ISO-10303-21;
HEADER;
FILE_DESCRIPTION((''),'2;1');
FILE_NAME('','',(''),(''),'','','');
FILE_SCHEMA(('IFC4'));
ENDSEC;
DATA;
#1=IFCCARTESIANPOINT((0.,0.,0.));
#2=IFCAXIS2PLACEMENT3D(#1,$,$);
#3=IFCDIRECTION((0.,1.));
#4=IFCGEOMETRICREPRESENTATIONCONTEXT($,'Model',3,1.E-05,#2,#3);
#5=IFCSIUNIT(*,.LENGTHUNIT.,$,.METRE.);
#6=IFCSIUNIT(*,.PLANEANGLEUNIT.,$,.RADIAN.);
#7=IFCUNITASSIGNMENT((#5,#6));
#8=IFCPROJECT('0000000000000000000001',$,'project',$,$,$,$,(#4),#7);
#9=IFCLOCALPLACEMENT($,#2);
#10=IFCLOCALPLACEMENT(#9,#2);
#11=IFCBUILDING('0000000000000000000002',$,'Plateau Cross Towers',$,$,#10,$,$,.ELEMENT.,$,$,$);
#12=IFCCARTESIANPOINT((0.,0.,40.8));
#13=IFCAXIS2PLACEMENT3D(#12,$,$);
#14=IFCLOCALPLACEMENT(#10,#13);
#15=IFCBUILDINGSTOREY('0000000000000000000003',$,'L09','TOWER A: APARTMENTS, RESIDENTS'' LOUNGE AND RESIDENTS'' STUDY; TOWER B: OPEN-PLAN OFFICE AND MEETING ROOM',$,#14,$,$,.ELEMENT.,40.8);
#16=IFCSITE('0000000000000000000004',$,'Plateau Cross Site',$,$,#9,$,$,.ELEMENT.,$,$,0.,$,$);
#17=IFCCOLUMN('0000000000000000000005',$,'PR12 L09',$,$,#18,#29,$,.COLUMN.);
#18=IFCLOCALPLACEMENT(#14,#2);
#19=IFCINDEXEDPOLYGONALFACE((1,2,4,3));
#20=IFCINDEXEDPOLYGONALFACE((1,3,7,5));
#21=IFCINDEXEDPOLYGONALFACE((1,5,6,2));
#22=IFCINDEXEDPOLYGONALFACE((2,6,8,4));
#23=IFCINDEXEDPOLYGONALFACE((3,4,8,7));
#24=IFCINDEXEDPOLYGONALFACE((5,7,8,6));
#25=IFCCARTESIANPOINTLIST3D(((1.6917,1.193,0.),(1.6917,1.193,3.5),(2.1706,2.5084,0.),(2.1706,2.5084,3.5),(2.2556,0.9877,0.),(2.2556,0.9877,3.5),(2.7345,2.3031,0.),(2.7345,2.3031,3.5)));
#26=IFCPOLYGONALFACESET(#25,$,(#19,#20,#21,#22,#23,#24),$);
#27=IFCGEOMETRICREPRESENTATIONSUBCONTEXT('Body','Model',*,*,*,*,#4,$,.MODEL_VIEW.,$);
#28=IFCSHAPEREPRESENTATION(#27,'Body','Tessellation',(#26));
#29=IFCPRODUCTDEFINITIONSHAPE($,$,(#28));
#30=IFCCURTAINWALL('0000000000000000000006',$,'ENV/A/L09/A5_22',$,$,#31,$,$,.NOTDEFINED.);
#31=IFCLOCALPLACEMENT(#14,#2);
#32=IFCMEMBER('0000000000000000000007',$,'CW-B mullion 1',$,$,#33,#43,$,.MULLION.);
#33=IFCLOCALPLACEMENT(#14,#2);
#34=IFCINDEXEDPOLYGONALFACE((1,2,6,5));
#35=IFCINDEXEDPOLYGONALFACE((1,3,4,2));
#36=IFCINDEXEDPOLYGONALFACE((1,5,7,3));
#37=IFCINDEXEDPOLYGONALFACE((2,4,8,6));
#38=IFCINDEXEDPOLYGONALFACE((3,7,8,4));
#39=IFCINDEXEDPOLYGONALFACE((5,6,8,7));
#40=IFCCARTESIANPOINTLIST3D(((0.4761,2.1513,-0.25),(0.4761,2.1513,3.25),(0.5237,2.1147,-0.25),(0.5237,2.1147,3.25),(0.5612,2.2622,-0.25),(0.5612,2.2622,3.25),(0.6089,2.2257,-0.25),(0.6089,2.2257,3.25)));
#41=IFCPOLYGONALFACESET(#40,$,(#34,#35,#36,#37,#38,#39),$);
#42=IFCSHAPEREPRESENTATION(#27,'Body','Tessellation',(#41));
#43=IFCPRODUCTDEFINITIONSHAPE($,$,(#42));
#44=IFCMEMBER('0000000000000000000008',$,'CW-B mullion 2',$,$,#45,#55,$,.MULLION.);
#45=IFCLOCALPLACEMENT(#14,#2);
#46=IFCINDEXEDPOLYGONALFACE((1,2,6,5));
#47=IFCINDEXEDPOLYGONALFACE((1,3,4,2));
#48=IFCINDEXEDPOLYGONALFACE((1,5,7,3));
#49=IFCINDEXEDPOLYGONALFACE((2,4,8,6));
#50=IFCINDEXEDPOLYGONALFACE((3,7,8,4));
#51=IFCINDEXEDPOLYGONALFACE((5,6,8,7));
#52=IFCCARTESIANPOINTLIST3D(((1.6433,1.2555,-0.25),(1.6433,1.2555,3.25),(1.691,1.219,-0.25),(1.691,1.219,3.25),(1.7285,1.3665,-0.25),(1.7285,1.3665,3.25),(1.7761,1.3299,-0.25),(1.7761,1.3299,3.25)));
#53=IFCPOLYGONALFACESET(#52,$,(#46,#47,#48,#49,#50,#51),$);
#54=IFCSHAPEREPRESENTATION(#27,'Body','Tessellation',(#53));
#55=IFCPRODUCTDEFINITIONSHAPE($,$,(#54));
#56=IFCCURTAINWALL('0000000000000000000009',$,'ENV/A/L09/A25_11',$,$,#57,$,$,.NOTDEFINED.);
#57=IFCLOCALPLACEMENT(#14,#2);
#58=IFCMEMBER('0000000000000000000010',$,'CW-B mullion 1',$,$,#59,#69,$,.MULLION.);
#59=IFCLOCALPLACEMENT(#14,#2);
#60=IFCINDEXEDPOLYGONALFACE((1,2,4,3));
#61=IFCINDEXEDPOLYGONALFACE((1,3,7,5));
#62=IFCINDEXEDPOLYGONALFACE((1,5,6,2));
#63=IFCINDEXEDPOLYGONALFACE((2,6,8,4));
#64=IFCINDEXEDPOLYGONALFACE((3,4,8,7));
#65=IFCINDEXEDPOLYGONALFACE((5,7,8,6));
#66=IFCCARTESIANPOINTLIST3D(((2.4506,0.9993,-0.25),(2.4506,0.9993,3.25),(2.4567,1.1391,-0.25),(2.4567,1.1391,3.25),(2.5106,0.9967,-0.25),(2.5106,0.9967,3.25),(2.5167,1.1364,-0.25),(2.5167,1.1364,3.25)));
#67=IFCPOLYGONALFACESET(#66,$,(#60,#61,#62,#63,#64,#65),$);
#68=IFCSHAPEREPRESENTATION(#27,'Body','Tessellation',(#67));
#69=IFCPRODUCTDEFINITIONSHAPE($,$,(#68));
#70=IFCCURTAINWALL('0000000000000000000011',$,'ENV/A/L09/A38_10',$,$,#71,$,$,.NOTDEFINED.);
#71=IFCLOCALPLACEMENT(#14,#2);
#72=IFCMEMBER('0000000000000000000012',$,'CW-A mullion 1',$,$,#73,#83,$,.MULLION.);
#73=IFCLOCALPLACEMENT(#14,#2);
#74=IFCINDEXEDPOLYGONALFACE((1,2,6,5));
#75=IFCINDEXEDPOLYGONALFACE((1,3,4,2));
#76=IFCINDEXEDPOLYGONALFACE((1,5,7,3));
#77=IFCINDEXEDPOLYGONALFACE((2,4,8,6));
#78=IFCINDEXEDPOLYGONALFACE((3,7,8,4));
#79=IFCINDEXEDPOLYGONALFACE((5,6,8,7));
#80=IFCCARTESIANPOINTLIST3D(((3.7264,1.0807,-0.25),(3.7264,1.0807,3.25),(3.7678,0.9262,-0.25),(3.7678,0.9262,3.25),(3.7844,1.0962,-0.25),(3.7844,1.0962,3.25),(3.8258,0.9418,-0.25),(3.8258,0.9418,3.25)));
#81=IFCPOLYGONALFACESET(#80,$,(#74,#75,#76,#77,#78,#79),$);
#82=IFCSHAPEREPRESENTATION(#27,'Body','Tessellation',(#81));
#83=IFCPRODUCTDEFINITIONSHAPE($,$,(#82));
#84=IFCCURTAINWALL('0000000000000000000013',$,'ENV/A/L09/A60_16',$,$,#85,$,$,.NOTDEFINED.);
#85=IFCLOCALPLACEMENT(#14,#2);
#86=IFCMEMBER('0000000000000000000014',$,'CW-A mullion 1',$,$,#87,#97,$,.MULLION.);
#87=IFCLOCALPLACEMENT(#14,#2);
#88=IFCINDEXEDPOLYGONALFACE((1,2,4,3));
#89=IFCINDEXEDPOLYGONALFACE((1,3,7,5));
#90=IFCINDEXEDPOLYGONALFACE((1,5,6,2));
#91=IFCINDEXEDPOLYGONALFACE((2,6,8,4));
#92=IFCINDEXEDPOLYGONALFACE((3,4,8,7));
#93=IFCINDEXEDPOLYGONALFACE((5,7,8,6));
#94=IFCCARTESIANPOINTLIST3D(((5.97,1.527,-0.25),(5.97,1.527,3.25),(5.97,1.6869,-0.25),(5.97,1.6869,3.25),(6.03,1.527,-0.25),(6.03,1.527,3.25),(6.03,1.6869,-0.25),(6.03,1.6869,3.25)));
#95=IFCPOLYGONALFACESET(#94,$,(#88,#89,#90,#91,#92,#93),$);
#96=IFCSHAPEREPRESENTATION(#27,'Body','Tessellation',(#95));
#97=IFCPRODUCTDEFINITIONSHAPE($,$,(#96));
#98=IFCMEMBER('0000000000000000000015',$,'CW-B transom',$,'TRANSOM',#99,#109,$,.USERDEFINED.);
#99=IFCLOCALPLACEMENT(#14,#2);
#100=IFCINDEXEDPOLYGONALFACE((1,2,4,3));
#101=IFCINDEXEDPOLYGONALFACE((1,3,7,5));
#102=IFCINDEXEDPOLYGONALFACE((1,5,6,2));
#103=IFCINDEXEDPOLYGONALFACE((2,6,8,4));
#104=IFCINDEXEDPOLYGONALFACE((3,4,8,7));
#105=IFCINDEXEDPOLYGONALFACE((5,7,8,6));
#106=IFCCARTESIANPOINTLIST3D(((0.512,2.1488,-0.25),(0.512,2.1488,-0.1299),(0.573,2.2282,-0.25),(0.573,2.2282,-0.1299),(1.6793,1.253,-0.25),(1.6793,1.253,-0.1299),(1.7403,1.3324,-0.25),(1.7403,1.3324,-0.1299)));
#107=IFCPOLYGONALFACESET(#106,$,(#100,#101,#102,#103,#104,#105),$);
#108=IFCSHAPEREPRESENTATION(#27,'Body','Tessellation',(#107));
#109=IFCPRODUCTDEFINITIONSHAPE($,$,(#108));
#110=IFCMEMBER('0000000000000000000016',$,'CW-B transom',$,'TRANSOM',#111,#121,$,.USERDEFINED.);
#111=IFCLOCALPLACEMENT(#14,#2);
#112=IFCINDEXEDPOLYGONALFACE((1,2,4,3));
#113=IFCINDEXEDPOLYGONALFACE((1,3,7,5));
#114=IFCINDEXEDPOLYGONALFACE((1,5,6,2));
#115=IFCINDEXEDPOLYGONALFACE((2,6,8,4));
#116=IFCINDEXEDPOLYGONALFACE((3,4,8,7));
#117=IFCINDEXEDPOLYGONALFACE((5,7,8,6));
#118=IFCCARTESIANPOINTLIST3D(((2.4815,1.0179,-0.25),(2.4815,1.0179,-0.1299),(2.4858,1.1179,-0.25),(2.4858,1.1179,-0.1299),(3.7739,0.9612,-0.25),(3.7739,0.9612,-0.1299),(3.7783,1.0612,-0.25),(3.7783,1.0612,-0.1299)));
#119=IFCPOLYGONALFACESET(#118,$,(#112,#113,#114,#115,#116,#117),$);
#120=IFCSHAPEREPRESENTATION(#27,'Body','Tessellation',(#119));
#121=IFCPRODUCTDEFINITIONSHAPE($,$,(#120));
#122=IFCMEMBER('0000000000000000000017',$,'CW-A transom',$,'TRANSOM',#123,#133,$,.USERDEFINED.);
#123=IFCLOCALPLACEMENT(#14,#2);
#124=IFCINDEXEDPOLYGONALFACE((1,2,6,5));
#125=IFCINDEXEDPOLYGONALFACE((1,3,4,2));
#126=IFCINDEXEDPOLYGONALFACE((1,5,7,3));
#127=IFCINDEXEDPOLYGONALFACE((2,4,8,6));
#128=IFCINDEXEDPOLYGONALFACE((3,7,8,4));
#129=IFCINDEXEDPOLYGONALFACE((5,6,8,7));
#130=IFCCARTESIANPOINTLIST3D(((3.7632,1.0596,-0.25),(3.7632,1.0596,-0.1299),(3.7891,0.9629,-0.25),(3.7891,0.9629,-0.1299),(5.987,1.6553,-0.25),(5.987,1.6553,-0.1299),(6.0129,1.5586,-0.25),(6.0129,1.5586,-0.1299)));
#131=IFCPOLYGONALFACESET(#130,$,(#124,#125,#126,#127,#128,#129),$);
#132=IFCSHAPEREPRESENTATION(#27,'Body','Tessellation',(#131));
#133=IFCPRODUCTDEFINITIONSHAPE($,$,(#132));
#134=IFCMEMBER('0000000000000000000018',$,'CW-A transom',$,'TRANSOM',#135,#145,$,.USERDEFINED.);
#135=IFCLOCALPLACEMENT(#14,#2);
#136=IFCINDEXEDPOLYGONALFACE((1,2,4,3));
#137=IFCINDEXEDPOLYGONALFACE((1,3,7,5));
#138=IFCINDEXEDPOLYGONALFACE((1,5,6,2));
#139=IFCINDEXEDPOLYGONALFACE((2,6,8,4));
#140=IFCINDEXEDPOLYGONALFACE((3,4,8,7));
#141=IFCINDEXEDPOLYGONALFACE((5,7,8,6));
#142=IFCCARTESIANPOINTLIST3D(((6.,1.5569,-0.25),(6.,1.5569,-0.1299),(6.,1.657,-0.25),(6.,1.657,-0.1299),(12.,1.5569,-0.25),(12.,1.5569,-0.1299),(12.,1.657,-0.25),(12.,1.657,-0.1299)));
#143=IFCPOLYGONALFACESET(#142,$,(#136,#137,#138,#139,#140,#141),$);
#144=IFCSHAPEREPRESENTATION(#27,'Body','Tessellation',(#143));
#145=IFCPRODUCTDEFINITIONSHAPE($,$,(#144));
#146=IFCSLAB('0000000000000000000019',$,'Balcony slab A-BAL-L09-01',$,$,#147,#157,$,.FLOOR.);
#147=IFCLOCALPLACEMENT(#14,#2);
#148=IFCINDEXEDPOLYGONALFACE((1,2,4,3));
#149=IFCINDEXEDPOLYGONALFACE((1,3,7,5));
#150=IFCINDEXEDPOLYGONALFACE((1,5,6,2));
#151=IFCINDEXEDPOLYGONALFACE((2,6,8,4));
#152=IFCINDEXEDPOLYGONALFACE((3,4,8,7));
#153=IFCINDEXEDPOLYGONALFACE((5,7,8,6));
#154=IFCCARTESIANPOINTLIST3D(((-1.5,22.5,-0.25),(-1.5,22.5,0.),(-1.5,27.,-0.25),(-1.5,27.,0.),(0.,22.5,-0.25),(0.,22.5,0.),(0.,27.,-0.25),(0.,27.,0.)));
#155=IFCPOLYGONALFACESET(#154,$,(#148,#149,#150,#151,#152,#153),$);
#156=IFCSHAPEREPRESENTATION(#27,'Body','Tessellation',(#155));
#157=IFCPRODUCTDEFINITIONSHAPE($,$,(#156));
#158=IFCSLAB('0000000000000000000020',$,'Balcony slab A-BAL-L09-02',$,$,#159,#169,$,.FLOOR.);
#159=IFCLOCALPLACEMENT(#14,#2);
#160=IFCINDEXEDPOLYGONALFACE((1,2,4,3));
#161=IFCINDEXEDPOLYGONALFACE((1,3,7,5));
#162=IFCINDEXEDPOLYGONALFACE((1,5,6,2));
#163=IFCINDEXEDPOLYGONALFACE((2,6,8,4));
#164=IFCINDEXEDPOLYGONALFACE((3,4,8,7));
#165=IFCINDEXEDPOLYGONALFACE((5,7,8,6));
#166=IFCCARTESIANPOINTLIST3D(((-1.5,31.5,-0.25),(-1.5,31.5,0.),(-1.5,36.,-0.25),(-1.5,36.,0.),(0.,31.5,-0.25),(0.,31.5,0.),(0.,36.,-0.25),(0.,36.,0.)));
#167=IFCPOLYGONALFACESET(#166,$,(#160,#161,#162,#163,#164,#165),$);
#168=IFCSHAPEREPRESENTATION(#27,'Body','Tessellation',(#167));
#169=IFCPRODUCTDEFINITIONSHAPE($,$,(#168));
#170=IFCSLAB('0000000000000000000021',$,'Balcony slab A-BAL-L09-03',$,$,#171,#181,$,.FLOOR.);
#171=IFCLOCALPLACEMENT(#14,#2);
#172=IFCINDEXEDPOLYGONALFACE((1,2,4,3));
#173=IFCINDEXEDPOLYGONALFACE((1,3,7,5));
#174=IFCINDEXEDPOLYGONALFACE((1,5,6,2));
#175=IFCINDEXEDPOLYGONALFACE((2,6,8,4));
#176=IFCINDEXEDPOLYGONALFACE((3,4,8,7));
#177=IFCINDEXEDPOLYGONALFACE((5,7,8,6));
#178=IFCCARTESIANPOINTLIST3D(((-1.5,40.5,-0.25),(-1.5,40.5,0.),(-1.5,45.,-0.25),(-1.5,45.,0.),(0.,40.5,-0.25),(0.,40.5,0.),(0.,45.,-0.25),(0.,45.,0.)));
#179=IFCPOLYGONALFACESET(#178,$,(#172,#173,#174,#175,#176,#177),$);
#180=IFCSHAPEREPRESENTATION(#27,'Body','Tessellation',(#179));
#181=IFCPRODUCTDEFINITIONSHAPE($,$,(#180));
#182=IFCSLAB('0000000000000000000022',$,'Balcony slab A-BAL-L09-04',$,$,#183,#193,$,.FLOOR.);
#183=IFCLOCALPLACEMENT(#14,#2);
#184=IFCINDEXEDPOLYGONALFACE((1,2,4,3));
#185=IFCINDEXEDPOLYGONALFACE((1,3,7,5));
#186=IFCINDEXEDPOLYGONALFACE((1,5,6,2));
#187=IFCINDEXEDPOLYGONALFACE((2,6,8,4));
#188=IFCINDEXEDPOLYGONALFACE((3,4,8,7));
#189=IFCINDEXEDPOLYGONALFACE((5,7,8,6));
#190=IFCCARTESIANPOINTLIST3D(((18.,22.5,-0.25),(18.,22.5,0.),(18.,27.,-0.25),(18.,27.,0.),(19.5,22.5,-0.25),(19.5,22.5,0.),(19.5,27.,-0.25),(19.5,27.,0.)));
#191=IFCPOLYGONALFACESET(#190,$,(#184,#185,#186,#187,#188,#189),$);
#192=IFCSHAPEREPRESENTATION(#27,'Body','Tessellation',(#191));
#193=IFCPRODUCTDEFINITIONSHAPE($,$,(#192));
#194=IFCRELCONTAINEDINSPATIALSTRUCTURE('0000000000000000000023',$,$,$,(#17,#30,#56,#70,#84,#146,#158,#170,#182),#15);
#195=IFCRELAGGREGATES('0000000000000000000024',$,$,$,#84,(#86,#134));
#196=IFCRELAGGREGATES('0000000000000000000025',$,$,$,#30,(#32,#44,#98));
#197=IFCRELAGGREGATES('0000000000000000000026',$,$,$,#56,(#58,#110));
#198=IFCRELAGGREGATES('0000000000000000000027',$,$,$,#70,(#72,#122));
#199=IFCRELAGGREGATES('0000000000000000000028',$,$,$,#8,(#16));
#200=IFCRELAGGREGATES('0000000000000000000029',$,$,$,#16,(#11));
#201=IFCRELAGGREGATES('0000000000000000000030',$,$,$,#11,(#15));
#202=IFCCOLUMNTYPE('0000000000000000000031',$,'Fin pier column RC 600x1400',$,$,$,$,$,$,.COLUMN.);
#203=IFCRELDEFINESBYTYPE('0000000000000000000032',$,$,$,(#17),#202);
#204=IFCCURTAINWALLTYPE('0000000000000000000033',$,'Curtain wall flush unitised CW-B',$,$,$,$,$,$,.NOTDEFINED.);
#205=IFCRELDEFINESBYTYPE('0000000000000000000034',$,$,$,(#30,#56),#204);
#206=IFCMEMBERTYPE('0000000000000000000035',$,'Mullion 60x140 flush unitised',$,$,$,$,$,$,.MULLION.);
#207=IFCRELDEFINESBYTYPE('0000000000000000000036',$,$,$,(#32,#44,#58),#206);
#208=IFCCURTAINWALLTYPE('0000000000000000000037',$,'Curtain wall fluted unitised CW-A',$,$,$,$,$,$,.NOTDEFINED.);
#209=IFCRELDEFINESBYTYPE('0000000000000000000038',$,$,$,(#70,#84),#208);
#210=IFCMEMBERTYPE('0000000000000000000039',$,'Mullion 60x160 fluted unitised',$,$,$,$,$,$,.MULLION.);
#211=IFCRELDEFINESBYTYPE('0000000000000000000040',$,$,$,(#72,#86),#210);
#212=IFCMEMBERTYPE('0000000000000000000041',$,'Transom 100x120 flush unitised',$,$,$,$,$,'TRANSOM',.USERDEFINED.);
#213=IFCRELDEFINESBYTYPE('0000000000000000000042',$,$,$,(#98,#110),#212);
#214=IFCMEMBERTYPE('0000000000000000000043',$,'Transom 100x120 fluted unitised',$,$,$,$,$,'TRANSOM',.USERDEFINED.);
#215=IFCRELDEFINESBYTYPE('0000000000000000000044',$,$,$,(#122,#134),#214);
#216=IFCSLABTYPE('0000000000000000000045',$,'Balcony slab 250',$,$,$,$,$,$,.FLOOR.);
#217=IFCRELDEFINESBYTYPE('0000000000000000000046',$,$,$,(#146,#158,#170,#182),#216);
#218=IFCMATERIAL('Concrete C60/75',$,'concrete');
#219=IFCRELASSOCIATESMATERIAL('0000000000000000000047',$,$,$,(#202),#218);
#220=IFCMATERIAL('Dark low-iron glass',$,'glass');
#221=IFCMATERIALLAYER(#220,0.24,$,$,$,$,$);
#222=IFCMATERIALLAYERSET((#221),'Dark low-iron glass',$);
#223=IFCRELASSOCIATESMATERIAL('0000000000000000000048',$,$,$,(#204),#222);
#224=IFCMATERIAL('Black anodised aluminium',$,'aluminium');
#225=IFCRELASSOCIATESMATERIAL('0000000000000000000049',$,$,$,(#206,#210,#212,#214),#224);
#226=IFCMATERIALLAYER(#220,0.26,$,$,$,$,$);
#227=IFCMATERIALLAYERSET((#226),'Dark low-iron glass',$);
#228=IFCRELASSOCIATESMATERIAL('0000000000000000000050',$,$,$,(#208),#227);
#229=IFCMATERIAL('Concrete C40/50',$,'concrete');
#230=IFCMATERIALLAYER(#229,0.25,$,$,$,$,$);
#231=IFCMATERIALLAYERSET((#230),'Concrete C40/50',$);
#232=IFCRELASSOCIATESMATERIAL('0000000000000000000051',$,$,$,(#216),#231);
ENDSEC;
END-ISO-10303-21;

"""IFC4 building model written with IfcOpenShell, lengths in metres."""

from ifc_helpers import new_model, si_unit, direction, frame, origin, origin_2d, place, context, subcontext, project, spatial, polyline, rectangle, outline, extrude, material, layer, layer_set, material_profile, profile_set, type_object, element, aggregate, save


model = new_model("IFC4")

# Units and contexts
model_context = context("Model", 3, precision=1e-05, world=origin(), true_north=direction((0.0, 1.0)))
body_context = subcontext(model_context, "Body", "Model", "MODEL_VIEW")
ifc_project = project(units=[si_unit("LENGTHUNIT", "METRE"), si_unit("PLANEANGLEUNIT", "RADIAN")], contexts=[model_context])

# Site, building, storey
site_placement = place(None, origin())
site = spatial("IfcSite", under=ifc_project, at=site_placement, Name="Plateau Cross Site", CompositionType="ELEMENT", RefElevation=0.0)
building_placement = place(site_placement, origin())
building = spatial("IfcBuilding", under=site, at=building_placement, Name="Plateau Cross Towers", CompositionType="ELEMENT")
storey_placement = place(building_placement, frame((0.0, 0.0, 40.8)))
storey = spatial("IfcBuildingStorey", under=building, at=storey_placement, Name="L09", Description="TOWER A: APARTMENTS, RESIDENTS' LOUNGE AND RESIDENTS' STUDY; TOWER B: OPEN-PLAN OFFICE AND MEETING ROOM", CompositionType="ELEMENT", Elevation=40.8)

# Column
ifc_material_1 = material(Name="Concrete C60/75", Category="concrete")
ifc_material_profile_1 = material_profile(ifc_material_1, rectangle(XDim=0.6001, YDim=1.3999, at=origin_2d()), Name="RC 600x1400")
ifc_profile_set_1 = profile_set([ifc_material_profile_1], Name="Concrete C60/75")
column_type = type_object("IfcColumnType", Name="Fin pier column RC 600x1400", PredefinedType="COLUMN", material=ifc_profile_set_1)
column_placement = place(storey_placement, frame((2.2131, 1.748, 0.0), z_axis=(0.0, 0.0, 1.0), x_axis=(-0.939664, 0.342098, 0.0)))
element("IfcColumn", 1, at=column_placement, inside=storey, type_object=column_type, Name="PR12 L09", PredefinedType="COLUMN", context=body_context, shape_type="SweptSolid", body=[
    extrude(rectangle(XDim=0.6001, YDim=1.3999, at=origin_2d()), origin(), (0.0, 0.0, 1.0), 3.5),
])

# Curtain wall, members
ifc_material_2 = material(Name="Dark low-iron glass", Category="glass")
ifc_layer_1 = layer(ifc_material_2, 0.24)
ifc_layer_set_1 = layer_set([ifc_layer_1], Name="Dark low-iron glass")
curtain_wall_type_1 = type_object("IfcCurtainWallType", Name="Curtain wall flush unitised CW-B", PredefinedType="NOTDEFINED", material=ifc_layer_set_1)
curtain_wall_1_placement = place(storey_placement, origin())
curtain_wall_1 = element("IfcCurtainWall", 2, at=curtain_wall_1_placement, inside=storey, type_object=curtain_wall_type_1, Name="ENV/A/L09/A5_22", PredefinedType="NOTDEFINED")
ifc_material_3 = material(Name="Black anodised aluminium", Category="aluminium")
ifc_material_profile_2 = material_profile(ifc_material_3, rectangle(XDim=0.0601, YDim=0.1399, at=origin_2d()), Name="MULLION 60x140")
ifc_profile_set_2 = profile_set([ifc_material_profile_2], Name="Black anodised aluminium")
member_type_1 = type_object("IfcMemberType", Name="Mullion 60x140 flush unitised", PredefinedType="MULLION", material=ifc_profile_set_2)
member_1_placement = place(storey_placement, frame((0.5425, 2.1885, -0.25), z_axis=(0.0, 0.0, 1.0), x_axis=(0.793316, -0.608811, 0.0)))
member_1 = element("IfcMember", 3, at=member_1_placement, type_object=member_type_1, Name="CW-B mullion 1", PredefinedType="MULLION", context=body_context, shape_type="SweptSolid", body=[
    extrude(rectangle(XDim=0.0601, YDim=0.1399, at=origin_2d()), origin(), (0.0, 0.0, 1.0), 3.5),
])
member_2_placement = place(storey_placement, frame((1.7097, 1.2927, -0.25), z_axis=(0.0, 0.0, 1.0), x_axis=(0.793316, -0.608811, 0.0)))
member_2 = element("IfcMember", 4, at=member_2_placement, type_object=member_type_1, Name="CW-B mullion 2", PredefinedType="MULLION", context=body_context, shape_type="SweptSolid", body=[
    extrude(rectangle(XDim=0.0601, YDim=0.1399, at=origin_2d()), origin(), (0.0, 0.0, 1.0), 3.5),
])

# Curtain walls, members
curtain_wall_2_placement = place(storey_placement, origin())
curtain_wall_2 = element("IfcCurtainWall", 5, at=curtain_wall_2_placement, inside=storey, type_object=curtain_wall_type_1, Name="ENV/A/L09/A25_11", PredefinedType="NOTDEFINED")
member_3_placement = place(storey_placement, frame((2.4836, 1.0679, -0.25), z_axis=(0.0, 0.0, 1.0), x_axis=(0.999044, -0.043723, 0.0)))
member_3 = element("IfcMember", 6, at=member_3_placement, type_object=member_type_1, Name="CW-B mullion 1", PredefinedType="MULLION", context=body_context, shape_type="SweptSolid", body=[
    extrude(rectangle(XDim=0.0601, YDim=0.1399, at=origin_2d()), origin(), (0.0, 0.0, 1.0), 3.5),
])
ifc_layer_2 = layer(ifc_material_2, 0.26)
ifc_layer_set_2 = layer_set([ifc_layer_2], Name="Dark low-iron glass")
curtain_wall_type_2 = type_object("IfcCurtainWallType", Name="Curtain wall fluted unitised CW-A", PredefinedType="NOTDEFINED", material=ifc_layer_set_2)
curtain_wall_3_placement = place(storey_placement, origin())
curtain_wall_3 = element("IfcCurtainWall", 7, at=curtain_wall_3_placement, inside=storey, type_object=curtain_wall_type_2, Name="ENV/A/L09/A38_10", PredefinedType="NOTDEFINED")
ifc_material_profile_3 = material_profile(ifc_material_3, rectangle(XDim=0.0601, YDim=0.1599, at=origin_2d()), Name="MULLION 60x160")
ifc_profile_set_3 = profile_set([ifc_material_profile_3], Name="Black anodised aluminium")
member_type_2 = type_object("IfcMemberType", Name="Mullion 60x160 fluted unitised", PredefinedType="MULLION", material=ifc_profile_set_3)
member_4_placement = place(storey_placement, frame((3.7761, 1.0112, -0.25), z_axis=(0.0, 0.0, 1.0), x_axis=(0.965958, 0.258699, 0.0)))
member_4 = element("IfcMember", 8, at=member_4_placement, type_object=member_type_2, Name="CW-A mullion 1", PredefinedType="MULLION", context=body_context, shape_type="SweptSolid", body=[
    extrude(rectangle(XDim=0.0601, YDim=0.1599, at=origin_2d()), origin(), (0.0, 0.0, 1.0), 3.5),
])
curtain_wall_4_placement = place(storey_placement, origin())
curtain_wall_4 = element("IfcCurtainWall", 9, at=curtain_wall_4_placement, inside=storey, type_object=curtain_wall_type_2, Name="ENV/A/L09/A60_16", PredefinedType="NOTDEFINED")
member_5_placement = place(storey_placement, frame((6.0, 1.6069, -0.25), z_axis=(0.0, 0.0, 1.0), x_axis=(1.0, 0.0, 0.0)))
member_5 = element("IfcMember", 10, at=member_5_placement, type_object=member_type_2, Name="CW-A mullion 1", PredefinedType="MULLION", context=body_context, shape_type="SweptSolid", body=[
    extrude(rectangle(XDim=0.0601, YDim=0.1599, at=origin_2d()), origin(), (0.0, 0.0, 1.0), 3.5),
])

# Members
ifc_material_profile_4 = material_profile(ifc_material_3, rectangle(XDim=0.1001, YDim=0.1201, at=origin_2d()), Name="TRANSOM 100x120")
ifc_profile_set_4 = profile_set([ifc_material_profile_4], Name="Black anodised aluminium")
member_type_3 = type_object("IfcMemberType", Name="Transom 100x120 flush unitised", ElementType="TRANSOM", PredefinedType="USERDEFINED", material=ifc_profile_set_4)
member_6_placement = place(storey_placement, frame((0.5425, 2.1885, -0.1899), z_axis=(0.793321, -0.608804, 0.0), x_axis=(0.608804, 0.793321, 0.0)))
member_6 = element("IfcMember", 11, at=member_6_placement, type_object=member_type_3, Name="CW-B transom", ObjectType="TRANSOM", PredefinedType="USERDEFINED", context=body_context, shape_type="SweptSolid", body=[
    extrude(rectangle(XDim=0.1001, YDim=0.1201, at=origin_2d()), origin(), (0.0, 0.0, 1.0), 1.4714),
])
member_7_placement = place(storey_placement, frame((2.4836, 1.0679, -0.1899), z_axis=(0.999041, -0.043781, 0.0), x_axis=(0.043781, 0.999041, 0.0)))
member_7 = element("IfcMember", 12, at=member_7_placement, type_object=member_type_3, Name="CW-B transom", ObjectType="TRANSOM", PredefinedType="USERDEFINED", context=body_context, shape_type="SweptSolid", body=[
    extrude(rectangle(XDim=0.1001, YDim=0.1201, at=origin_2d()), origin(), (0.0, 0.0, 1.0), 1.2937),
])
ifc_material_profile_5 = material_profile(ifc_material_3, rectangle(XDim=0.1001, YDim=0.1201, at=origin_2d()), Name="TRANSOM 100x120")
ifc_profile_set_5 = profile_set([ifc_material_profile_5], Name="Black anodised aluminium")
member_type_4 = type_object("IfcMemberType", Name="Transom 100x120 fluted unitised", ElementType="TRANSOM", PredefinedType="USERDEFINED", material=ifc_profile_set_5)
member_8_placement = place(storey_placement, frame((3.7761, 1.0112, -0.1899), z_axis=(0.965946, 0.258745, 0.0), x_axis=(-0.258745, 0.965946, 0.0)))
member_8 = element("IfcMember", 13, at=member_8_placement, type_object=member_type_4, Name="CW-A transom", ObjectType="TRANSOM", PredefinedType="USERDEFINED", context=body_context, shape_type="SweptSolid", body=[
    extrude(rectangle(XDim=0.1001, YDim=0.1201, at=origin_2d()), origin(), (0.0, 0.0, 1.0), 2.3022),
])
member_9_placement = place(storey_placement, frame((6.0, 1.6069, -0.1899), z_axis=(1.0, 0.0, 0.0), x_axis=(0.0, 1.0, 0.0)))
member_9 = element("IfcMember", 14, at=member_9_placement, type_object=member_type_4, Name="CW-A transom", ObjectType="TRANSOM", PredefinedType="USERDEFINED", context=body_context, shape_type="SweptSolid", body=[
    extrude(rectangle(XDim=0.1001, YDim=0.1201, at=origin_2d()), origin(), (0.0, 0.0, 1.0), 6.0),
])
aggregate(curtain_wall_4, [member_5, member_9])

# Slabs
ifc_material_4 = material(Name="Concrete C40/50", Category="concrete")
ifc_layer_3 = layer(ifc_material_4, 0.25)
ifc_layer_set_3 = layer_set([ifc_layer_3], Name="Concrete C40/50")
slab_type_1 = type_object("IfcSlabType", Name="Balcony slab 250", PredefinedType="FLOOR", material=ifc_layer_set_3)
slab_1_placement = place(storey_placement, frame((0.0, 0.0, -0.25)))
element("IfcSlab", 15, at=slab_1_placement, inside=storey, type_object=slab_type_1, Name="Balcony slab A-BAL-L09-01", PredefinedType="FLOOR", context=body_context, shape_type="SweptSolid", body=[
    extrude(outline(polyline([(0.0, 22.5), (0.0, 27.0), (-1.5, 27.0), (-1.5, 22.5), (0.0, 22.5)])), origin(), (0.0, 0.0, 1.0), 0.25),
])
slab_2_placement = place(storey_placement, frame((0.0, 0.0, -0.25)))
element("IfcSlab", 16, at=slab_2_placement, inside=storey, type_object=slab_type_1, Name="Balcony slab A-BAL-L09-02", PredefinedType="FLOOR", context=body_context, shape_type="SweptSolid", body=[
    extrude(outline(polyline([(0.0, 31.5), (0.0, 36.0), (-1.5, 36.0), (-1.5, 31.5), (0.0, 31.5)])), origin(), (0.0, 0.0, 1.0), 0.25),
])
slab_3_placement = place(storey_placement, frame((0.0, 0.0, -0.25)))
element("IfcSlab", 17, at=slab_3_placement, inside=storey, type_object=slab_type_1, Name="Balcony slab A-BAL-L09-03", PredefinedType="FLOOR", context=body_context, shape_type="SweptSolid", body=[
    extrude(outline(polyline([(0.0, 40.5), (0.0, 45.0), (-1.5, 45.0), (-1.5, 40.5), (0.0, 40.5)])), origin(), (0.0, 0.0, 1.0), 0.25),
])
slab_4_placement = place(storey_placement, frame((0.0, 0.0, -0.25)))
element("IfcSlab", 18, at=slab_4_placement, inside=storey, type_object=slab_type_1, Name="Balcony slab A-BAL-L09-04", PredefinedType="FLOOR", context=body_context, shape_type="SweptSolid", body=[
    extrude(outline(polyline([(19.5, 22.5), (19.5, 27.0), (18.0, 27.0), (18.0, 22.5), (19.5, 22.5)])), origin(), (0.0, 0.0, 1.0), 0.25),
])

aggregate(curtain_wall_1, [member_1, member_2, member_6])
aggregate(curtain_wall_2, [member_3, member_7])
aggregate(curtain_wall_3, [member_4, member_8])

save(model, "model.ifc")
